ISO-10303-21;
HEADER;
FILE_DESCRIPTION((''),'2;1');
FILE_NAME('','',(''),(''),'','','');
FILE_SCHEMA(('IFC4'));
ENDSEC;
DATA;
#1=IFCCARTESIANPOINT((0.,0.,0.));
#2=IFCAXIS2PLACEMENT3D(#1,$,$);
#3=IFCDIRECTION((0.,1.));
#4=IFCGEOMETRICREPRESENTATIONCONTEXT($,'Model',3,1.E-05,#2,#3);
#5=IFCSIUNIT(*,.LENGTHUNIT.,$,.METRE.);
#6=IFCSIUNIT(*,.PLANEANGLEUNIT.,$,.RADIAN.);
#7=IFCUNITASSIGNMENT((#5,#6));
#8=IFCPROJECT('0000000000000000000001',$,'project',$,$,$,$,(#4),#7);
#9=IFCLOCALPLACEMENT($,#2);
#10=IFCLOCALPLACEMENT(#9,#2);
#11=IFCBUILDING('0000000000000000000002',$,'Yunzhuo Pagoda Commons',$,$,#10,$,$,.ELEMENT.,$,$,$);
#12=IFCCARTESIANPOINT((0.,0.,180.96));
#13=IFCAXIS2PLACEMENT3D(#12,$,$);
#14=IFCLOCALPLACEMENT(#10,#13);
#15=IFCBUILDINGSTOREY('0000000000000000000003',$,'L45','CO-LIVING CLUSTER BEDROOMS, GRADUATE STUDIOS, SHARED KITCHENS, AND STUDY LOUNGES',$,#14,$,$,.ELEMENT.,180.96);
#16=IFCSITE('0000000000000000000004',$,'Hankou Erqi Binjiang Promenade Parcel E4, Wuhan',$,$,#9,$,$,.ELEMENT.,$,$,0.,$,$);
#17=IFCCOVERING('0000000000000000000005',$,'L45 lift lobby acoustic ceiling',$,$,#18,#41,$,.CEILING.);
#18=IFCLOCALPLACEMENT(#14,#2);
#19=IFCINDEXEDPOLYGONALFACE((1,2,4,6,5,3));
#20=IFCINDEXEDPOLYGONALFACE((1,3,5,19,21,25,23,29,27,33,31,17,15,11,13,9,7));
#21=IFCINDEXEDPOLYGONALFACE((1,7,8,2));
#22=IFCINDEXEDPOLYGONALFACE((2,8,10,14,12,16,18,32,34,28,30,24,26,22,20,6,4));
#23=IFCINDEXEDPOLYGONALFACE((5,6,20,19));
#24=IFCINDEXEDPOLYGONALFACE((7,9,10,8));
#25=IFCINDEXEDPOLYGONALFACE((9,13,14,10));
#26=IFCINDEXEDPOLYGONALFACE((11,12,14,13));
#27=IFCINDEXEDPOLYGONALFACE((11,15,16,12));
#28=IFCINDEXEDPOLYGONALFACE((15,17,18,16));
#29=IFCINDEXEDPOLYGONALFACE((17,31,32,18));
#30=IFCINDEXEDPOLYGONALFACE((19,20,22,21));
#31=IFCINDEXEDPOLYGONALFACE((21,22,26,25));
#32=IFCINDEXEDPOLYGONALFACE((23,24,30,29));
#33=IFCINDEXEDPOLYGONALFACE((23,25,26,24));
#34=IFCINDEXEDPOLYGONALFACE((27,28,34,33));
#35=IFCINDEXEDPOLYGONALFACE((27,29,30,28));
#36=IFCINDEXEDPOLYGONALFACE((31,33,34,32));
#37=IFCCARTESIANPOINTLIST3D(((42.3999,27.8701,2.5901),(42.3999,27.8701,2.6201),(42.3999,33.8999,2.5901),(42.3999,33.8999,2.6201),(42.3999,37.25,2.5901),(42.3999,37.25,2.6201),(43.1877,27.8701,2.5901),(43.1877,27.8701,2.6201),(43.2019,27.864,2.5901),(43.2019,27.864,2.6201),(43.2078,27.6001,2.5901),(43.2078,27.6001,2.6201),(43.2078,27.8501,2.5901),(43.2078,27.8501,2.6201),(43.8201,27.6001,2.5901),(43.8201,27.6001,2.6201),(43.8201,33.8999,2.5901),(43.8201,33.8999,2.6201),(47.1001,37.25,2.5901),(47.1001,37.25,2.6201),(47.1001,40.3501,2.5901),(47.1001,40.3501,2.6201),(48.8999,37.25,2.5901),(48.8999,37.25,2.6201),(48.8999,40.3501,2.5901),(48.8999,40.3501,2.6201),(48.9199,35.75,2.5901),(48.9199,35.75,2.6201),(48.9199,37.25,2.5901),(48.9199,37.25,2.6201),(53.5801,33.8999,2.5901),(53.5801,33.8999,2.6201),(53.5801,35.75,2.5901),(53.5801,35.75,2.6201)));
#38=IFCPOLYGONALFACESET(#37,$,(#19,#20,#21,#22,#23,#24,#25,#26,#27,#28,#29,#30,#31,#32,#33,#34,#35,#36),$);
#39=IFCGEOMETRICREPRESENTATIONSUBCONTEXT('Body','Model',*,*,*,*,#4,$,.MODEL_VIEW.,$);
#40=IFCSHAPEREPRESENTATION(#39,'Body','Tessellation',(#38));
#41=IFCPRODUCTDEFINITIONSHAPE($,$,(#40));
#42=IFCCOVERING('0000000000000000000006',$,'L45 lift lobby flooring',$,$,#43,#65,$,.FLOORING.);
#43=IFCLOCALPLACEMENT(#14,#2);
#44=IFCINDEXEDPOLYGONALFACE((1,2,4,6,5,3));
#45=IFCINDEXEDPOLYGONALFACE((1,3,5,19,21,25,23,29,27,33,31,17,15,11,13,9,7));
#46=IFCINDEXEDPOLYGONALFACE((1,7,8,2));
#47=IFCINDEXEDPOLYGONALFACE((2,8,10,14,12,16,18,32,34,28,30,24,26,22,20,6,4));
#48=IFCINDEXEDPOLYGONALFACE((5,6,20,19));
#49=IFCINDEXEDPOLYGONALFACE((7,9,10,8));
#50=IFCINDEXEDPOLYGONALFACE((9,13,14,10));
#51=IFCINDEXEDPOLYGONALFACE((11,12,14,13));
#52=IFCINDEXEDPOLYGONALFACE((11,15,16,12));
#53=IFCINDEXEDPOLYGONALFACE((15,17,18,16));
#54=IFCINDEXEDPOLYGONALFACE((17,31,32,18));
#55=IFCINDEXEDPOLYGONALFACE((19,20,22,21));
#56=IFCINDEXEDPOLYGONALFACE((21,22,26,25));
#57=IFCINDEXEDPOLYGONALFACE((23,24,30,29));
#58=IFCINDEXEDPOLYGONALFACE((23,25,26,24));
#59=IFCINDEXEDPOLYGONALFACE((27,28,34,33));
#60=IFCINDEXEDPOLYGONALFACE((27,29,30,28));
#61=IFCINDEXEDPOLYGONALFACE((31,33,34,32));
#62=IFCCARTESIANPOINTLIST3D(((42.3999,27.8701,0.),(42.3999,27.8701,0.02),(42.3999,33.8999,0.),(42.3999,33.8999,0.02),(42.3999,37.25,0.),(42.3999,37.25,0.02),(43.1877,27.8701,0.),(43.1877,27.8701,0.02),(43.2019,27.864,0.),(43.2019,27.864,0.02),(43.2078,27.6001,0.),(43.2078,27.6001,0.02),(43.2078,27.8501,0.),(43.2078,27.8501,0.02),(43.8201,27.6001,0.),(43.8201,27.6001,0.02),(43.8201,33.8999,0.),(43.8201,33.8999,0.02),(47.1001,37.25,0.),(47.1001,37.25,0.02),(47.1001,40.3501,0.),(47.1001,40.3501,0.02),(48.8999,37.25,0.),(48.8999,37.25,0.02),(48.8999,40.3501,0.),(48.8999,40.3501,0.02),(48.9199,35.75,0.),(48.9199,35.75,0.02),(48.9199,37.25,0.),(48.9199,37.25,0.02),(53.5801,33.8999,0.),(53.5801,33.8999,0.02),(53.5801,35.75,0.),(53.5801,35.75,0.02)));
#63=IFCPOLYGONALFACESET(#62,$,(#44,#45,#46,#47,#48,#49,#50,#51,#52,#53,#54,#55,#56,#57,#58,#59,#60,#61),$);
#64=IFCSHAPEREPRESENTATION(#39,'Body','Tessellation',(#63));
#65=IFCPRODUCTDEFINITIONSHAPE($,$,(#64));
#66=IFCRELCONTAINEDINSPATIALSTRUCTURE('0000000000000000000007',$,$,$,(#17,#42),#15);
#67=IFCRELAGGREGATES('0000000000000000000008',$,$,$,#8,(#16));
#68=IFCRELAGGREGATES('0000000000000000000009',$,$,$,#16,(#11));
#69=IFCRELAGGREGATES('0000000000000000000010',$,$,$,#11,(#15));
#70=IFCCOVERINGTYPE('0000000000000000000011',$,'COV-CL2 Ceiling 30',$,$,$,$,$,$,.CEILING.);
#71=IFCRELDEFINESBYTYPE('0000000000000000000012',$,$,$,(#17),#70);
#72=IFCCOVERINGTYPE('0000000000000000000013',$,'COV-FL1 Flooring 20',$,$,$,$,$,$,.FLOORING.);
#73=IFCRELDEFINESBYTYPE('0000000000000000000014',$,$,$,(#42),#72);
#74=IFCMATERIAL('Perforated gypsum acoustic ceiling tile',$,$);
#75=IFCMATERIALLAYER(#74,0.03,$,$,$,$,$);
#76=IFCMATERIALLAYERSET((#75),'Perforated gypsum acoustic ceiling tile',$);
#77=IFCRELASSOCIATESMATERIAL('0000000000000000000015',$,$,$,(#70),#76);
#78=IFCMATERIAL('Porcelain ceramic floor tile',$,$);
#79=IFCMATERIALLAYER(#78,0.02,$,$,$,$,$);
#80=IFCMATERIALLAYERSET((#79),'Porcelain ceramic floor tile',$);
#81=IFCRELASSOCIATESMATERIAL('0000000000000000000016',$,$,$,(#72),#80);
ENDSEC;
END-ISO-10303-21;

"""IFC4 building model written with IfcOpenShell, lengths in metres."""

from ifc_helpers import new_model, si_unit, direction, frame, origin, place, context, subcontext, project, spatial, polyline, outline, extrude, material, layer, layer_set, type_object, element, save


model = new_model("IFC4")

# Units and contexts
model_context = context("Model", 3, precision=1e-05, world=origin(), true_north=direction((0.0, 1.0)))
body_context = subcontext(model_context, "Body", "Model", "MODEL_VIEW")
ifc_project = project(units=[si_unit("LENGTHUNIT", "METRE"), si_unit("PLANEANGLEUNIT", "RADIAN")], contexts=[model_context])

# Site, building, storey
site_placement = place(None, origin())
site = spatial("IfcSite", under=ifc_project, at=site_placement, Name="Hankou Erqi Binjiang Promenade Parcel E4, Wuhan", CompositionType="ELEMENT", RefElevation=0.0)
building_placement = place(site_placement, origin())
building = spatial("IfcBuilding", under=site, at=building_placement, Name="Yunzhuo Pagoda Commons", CompositionType="ELEMENT")
storey_placement = place(building_placement, frame((0.0, 0.0, 180.96)))
storey = spatial("IfcBuildingStorey", under=building, at=storey_placement, Name="L45", Description="CO-LIVING CLUSTER BEDROOMS, GRADUATE STUDIOS, SHARED KITCHENS, AND STUDY LOUNGES", CompositionType="ELEMENT", Elevation=180.96)

# Coverings
ifc_material_1 = material(Name="Perforated gypsum acoustic ceiling tile")
ifc_layer_1 = layer(ifc_material_1, 0.03)
ifc_layer_set_1 = layer_set([ifc_layer_1], Name="Perforated gypsum acoustic ceiling tile")
covering_type_1 = type_object("IfcCoveringType", Name="COV-CL2 Ceiling 30", PredefinedType="CEILING", material=ifc_layer_set_1)
covering_1_placement = place(storey_placement, frame((0.0, 0.0, 2.5901)))
element("IfcCovering", 1, at=covering_1_placement, inside=storey, type_object=covering_type_1, Name="L45 lift lobby acoustic ceiling", PredefinedType="CEILING", context=body_context, shape_type="SweptSolid", body=[
    extrude(outline(polyline([(42.3999, 37.25), (47.1001, 37.25), (47.1001, 40.3501), (48.8999, 40.3501), (48.8999, 37.25), (48.9199, 37.25), (48.9199, 35.75), (53.5801, 35.75), (53.5801, 33.8999), (43.8201, 33.8999), (43.8201, 27.6001), (43.2078, 27.6001), (43.2078, 27.8501), (43.2019, 27.864), (43.1877, 27.8701), (42.3999, 27.8701), (42.3999, 33.8999), (42.3999, 37.25)])), origin(), (0.0, 0.0, 1.0), 0.03),
])
ifc_material_2 = material(Name="Porcelain ceramic floor tile")
ifc_layer_2 = layer(ifc_material_2, 0.02)
ifc_layer_set_2 = layer_set([ifc_layer_2], Name="Porcelain ceramic floor tile")
covering_type_2 = type_object("IfcCoveringType", Name="COV-FL1 Flooring 20", PredefinedType="FLOORING", material=ifc_layer_set_2)
covering_2_placement = place(storey_placement, origin())
element("IfcCovering", 2, at=covering_2_placement, inside=storey, type_object=covering_type_2, Name="L45 lift lobby flooring", PredefinedType="FLOORING", context=body_context, shape_type="SweptSolid", body=[
    extrude(outline(polyline([(42.3999, 37.25), (47.1001, 37.25), (47.1001, 40.3501), (48.8999, 40.3501), (48.8999, 37.25), (48.9199, 37.25), (48.9199, 35.75), (53.5801, 35.75), (53.5801, 33.8999), (43.8201, 33.8999), (43.8201, 27.6001), (43.2078, 27.6001), (43.2078, 27.8501), (43.2019, 27.864), (43.1877, 27.8701), (42.3999, 27.8701), (42.3999, 33.8999), (42.3999, 37.25)])), origin(), (0.0, 0.0, 1.0), 0.02),
])

save(model, "model.ifc")
